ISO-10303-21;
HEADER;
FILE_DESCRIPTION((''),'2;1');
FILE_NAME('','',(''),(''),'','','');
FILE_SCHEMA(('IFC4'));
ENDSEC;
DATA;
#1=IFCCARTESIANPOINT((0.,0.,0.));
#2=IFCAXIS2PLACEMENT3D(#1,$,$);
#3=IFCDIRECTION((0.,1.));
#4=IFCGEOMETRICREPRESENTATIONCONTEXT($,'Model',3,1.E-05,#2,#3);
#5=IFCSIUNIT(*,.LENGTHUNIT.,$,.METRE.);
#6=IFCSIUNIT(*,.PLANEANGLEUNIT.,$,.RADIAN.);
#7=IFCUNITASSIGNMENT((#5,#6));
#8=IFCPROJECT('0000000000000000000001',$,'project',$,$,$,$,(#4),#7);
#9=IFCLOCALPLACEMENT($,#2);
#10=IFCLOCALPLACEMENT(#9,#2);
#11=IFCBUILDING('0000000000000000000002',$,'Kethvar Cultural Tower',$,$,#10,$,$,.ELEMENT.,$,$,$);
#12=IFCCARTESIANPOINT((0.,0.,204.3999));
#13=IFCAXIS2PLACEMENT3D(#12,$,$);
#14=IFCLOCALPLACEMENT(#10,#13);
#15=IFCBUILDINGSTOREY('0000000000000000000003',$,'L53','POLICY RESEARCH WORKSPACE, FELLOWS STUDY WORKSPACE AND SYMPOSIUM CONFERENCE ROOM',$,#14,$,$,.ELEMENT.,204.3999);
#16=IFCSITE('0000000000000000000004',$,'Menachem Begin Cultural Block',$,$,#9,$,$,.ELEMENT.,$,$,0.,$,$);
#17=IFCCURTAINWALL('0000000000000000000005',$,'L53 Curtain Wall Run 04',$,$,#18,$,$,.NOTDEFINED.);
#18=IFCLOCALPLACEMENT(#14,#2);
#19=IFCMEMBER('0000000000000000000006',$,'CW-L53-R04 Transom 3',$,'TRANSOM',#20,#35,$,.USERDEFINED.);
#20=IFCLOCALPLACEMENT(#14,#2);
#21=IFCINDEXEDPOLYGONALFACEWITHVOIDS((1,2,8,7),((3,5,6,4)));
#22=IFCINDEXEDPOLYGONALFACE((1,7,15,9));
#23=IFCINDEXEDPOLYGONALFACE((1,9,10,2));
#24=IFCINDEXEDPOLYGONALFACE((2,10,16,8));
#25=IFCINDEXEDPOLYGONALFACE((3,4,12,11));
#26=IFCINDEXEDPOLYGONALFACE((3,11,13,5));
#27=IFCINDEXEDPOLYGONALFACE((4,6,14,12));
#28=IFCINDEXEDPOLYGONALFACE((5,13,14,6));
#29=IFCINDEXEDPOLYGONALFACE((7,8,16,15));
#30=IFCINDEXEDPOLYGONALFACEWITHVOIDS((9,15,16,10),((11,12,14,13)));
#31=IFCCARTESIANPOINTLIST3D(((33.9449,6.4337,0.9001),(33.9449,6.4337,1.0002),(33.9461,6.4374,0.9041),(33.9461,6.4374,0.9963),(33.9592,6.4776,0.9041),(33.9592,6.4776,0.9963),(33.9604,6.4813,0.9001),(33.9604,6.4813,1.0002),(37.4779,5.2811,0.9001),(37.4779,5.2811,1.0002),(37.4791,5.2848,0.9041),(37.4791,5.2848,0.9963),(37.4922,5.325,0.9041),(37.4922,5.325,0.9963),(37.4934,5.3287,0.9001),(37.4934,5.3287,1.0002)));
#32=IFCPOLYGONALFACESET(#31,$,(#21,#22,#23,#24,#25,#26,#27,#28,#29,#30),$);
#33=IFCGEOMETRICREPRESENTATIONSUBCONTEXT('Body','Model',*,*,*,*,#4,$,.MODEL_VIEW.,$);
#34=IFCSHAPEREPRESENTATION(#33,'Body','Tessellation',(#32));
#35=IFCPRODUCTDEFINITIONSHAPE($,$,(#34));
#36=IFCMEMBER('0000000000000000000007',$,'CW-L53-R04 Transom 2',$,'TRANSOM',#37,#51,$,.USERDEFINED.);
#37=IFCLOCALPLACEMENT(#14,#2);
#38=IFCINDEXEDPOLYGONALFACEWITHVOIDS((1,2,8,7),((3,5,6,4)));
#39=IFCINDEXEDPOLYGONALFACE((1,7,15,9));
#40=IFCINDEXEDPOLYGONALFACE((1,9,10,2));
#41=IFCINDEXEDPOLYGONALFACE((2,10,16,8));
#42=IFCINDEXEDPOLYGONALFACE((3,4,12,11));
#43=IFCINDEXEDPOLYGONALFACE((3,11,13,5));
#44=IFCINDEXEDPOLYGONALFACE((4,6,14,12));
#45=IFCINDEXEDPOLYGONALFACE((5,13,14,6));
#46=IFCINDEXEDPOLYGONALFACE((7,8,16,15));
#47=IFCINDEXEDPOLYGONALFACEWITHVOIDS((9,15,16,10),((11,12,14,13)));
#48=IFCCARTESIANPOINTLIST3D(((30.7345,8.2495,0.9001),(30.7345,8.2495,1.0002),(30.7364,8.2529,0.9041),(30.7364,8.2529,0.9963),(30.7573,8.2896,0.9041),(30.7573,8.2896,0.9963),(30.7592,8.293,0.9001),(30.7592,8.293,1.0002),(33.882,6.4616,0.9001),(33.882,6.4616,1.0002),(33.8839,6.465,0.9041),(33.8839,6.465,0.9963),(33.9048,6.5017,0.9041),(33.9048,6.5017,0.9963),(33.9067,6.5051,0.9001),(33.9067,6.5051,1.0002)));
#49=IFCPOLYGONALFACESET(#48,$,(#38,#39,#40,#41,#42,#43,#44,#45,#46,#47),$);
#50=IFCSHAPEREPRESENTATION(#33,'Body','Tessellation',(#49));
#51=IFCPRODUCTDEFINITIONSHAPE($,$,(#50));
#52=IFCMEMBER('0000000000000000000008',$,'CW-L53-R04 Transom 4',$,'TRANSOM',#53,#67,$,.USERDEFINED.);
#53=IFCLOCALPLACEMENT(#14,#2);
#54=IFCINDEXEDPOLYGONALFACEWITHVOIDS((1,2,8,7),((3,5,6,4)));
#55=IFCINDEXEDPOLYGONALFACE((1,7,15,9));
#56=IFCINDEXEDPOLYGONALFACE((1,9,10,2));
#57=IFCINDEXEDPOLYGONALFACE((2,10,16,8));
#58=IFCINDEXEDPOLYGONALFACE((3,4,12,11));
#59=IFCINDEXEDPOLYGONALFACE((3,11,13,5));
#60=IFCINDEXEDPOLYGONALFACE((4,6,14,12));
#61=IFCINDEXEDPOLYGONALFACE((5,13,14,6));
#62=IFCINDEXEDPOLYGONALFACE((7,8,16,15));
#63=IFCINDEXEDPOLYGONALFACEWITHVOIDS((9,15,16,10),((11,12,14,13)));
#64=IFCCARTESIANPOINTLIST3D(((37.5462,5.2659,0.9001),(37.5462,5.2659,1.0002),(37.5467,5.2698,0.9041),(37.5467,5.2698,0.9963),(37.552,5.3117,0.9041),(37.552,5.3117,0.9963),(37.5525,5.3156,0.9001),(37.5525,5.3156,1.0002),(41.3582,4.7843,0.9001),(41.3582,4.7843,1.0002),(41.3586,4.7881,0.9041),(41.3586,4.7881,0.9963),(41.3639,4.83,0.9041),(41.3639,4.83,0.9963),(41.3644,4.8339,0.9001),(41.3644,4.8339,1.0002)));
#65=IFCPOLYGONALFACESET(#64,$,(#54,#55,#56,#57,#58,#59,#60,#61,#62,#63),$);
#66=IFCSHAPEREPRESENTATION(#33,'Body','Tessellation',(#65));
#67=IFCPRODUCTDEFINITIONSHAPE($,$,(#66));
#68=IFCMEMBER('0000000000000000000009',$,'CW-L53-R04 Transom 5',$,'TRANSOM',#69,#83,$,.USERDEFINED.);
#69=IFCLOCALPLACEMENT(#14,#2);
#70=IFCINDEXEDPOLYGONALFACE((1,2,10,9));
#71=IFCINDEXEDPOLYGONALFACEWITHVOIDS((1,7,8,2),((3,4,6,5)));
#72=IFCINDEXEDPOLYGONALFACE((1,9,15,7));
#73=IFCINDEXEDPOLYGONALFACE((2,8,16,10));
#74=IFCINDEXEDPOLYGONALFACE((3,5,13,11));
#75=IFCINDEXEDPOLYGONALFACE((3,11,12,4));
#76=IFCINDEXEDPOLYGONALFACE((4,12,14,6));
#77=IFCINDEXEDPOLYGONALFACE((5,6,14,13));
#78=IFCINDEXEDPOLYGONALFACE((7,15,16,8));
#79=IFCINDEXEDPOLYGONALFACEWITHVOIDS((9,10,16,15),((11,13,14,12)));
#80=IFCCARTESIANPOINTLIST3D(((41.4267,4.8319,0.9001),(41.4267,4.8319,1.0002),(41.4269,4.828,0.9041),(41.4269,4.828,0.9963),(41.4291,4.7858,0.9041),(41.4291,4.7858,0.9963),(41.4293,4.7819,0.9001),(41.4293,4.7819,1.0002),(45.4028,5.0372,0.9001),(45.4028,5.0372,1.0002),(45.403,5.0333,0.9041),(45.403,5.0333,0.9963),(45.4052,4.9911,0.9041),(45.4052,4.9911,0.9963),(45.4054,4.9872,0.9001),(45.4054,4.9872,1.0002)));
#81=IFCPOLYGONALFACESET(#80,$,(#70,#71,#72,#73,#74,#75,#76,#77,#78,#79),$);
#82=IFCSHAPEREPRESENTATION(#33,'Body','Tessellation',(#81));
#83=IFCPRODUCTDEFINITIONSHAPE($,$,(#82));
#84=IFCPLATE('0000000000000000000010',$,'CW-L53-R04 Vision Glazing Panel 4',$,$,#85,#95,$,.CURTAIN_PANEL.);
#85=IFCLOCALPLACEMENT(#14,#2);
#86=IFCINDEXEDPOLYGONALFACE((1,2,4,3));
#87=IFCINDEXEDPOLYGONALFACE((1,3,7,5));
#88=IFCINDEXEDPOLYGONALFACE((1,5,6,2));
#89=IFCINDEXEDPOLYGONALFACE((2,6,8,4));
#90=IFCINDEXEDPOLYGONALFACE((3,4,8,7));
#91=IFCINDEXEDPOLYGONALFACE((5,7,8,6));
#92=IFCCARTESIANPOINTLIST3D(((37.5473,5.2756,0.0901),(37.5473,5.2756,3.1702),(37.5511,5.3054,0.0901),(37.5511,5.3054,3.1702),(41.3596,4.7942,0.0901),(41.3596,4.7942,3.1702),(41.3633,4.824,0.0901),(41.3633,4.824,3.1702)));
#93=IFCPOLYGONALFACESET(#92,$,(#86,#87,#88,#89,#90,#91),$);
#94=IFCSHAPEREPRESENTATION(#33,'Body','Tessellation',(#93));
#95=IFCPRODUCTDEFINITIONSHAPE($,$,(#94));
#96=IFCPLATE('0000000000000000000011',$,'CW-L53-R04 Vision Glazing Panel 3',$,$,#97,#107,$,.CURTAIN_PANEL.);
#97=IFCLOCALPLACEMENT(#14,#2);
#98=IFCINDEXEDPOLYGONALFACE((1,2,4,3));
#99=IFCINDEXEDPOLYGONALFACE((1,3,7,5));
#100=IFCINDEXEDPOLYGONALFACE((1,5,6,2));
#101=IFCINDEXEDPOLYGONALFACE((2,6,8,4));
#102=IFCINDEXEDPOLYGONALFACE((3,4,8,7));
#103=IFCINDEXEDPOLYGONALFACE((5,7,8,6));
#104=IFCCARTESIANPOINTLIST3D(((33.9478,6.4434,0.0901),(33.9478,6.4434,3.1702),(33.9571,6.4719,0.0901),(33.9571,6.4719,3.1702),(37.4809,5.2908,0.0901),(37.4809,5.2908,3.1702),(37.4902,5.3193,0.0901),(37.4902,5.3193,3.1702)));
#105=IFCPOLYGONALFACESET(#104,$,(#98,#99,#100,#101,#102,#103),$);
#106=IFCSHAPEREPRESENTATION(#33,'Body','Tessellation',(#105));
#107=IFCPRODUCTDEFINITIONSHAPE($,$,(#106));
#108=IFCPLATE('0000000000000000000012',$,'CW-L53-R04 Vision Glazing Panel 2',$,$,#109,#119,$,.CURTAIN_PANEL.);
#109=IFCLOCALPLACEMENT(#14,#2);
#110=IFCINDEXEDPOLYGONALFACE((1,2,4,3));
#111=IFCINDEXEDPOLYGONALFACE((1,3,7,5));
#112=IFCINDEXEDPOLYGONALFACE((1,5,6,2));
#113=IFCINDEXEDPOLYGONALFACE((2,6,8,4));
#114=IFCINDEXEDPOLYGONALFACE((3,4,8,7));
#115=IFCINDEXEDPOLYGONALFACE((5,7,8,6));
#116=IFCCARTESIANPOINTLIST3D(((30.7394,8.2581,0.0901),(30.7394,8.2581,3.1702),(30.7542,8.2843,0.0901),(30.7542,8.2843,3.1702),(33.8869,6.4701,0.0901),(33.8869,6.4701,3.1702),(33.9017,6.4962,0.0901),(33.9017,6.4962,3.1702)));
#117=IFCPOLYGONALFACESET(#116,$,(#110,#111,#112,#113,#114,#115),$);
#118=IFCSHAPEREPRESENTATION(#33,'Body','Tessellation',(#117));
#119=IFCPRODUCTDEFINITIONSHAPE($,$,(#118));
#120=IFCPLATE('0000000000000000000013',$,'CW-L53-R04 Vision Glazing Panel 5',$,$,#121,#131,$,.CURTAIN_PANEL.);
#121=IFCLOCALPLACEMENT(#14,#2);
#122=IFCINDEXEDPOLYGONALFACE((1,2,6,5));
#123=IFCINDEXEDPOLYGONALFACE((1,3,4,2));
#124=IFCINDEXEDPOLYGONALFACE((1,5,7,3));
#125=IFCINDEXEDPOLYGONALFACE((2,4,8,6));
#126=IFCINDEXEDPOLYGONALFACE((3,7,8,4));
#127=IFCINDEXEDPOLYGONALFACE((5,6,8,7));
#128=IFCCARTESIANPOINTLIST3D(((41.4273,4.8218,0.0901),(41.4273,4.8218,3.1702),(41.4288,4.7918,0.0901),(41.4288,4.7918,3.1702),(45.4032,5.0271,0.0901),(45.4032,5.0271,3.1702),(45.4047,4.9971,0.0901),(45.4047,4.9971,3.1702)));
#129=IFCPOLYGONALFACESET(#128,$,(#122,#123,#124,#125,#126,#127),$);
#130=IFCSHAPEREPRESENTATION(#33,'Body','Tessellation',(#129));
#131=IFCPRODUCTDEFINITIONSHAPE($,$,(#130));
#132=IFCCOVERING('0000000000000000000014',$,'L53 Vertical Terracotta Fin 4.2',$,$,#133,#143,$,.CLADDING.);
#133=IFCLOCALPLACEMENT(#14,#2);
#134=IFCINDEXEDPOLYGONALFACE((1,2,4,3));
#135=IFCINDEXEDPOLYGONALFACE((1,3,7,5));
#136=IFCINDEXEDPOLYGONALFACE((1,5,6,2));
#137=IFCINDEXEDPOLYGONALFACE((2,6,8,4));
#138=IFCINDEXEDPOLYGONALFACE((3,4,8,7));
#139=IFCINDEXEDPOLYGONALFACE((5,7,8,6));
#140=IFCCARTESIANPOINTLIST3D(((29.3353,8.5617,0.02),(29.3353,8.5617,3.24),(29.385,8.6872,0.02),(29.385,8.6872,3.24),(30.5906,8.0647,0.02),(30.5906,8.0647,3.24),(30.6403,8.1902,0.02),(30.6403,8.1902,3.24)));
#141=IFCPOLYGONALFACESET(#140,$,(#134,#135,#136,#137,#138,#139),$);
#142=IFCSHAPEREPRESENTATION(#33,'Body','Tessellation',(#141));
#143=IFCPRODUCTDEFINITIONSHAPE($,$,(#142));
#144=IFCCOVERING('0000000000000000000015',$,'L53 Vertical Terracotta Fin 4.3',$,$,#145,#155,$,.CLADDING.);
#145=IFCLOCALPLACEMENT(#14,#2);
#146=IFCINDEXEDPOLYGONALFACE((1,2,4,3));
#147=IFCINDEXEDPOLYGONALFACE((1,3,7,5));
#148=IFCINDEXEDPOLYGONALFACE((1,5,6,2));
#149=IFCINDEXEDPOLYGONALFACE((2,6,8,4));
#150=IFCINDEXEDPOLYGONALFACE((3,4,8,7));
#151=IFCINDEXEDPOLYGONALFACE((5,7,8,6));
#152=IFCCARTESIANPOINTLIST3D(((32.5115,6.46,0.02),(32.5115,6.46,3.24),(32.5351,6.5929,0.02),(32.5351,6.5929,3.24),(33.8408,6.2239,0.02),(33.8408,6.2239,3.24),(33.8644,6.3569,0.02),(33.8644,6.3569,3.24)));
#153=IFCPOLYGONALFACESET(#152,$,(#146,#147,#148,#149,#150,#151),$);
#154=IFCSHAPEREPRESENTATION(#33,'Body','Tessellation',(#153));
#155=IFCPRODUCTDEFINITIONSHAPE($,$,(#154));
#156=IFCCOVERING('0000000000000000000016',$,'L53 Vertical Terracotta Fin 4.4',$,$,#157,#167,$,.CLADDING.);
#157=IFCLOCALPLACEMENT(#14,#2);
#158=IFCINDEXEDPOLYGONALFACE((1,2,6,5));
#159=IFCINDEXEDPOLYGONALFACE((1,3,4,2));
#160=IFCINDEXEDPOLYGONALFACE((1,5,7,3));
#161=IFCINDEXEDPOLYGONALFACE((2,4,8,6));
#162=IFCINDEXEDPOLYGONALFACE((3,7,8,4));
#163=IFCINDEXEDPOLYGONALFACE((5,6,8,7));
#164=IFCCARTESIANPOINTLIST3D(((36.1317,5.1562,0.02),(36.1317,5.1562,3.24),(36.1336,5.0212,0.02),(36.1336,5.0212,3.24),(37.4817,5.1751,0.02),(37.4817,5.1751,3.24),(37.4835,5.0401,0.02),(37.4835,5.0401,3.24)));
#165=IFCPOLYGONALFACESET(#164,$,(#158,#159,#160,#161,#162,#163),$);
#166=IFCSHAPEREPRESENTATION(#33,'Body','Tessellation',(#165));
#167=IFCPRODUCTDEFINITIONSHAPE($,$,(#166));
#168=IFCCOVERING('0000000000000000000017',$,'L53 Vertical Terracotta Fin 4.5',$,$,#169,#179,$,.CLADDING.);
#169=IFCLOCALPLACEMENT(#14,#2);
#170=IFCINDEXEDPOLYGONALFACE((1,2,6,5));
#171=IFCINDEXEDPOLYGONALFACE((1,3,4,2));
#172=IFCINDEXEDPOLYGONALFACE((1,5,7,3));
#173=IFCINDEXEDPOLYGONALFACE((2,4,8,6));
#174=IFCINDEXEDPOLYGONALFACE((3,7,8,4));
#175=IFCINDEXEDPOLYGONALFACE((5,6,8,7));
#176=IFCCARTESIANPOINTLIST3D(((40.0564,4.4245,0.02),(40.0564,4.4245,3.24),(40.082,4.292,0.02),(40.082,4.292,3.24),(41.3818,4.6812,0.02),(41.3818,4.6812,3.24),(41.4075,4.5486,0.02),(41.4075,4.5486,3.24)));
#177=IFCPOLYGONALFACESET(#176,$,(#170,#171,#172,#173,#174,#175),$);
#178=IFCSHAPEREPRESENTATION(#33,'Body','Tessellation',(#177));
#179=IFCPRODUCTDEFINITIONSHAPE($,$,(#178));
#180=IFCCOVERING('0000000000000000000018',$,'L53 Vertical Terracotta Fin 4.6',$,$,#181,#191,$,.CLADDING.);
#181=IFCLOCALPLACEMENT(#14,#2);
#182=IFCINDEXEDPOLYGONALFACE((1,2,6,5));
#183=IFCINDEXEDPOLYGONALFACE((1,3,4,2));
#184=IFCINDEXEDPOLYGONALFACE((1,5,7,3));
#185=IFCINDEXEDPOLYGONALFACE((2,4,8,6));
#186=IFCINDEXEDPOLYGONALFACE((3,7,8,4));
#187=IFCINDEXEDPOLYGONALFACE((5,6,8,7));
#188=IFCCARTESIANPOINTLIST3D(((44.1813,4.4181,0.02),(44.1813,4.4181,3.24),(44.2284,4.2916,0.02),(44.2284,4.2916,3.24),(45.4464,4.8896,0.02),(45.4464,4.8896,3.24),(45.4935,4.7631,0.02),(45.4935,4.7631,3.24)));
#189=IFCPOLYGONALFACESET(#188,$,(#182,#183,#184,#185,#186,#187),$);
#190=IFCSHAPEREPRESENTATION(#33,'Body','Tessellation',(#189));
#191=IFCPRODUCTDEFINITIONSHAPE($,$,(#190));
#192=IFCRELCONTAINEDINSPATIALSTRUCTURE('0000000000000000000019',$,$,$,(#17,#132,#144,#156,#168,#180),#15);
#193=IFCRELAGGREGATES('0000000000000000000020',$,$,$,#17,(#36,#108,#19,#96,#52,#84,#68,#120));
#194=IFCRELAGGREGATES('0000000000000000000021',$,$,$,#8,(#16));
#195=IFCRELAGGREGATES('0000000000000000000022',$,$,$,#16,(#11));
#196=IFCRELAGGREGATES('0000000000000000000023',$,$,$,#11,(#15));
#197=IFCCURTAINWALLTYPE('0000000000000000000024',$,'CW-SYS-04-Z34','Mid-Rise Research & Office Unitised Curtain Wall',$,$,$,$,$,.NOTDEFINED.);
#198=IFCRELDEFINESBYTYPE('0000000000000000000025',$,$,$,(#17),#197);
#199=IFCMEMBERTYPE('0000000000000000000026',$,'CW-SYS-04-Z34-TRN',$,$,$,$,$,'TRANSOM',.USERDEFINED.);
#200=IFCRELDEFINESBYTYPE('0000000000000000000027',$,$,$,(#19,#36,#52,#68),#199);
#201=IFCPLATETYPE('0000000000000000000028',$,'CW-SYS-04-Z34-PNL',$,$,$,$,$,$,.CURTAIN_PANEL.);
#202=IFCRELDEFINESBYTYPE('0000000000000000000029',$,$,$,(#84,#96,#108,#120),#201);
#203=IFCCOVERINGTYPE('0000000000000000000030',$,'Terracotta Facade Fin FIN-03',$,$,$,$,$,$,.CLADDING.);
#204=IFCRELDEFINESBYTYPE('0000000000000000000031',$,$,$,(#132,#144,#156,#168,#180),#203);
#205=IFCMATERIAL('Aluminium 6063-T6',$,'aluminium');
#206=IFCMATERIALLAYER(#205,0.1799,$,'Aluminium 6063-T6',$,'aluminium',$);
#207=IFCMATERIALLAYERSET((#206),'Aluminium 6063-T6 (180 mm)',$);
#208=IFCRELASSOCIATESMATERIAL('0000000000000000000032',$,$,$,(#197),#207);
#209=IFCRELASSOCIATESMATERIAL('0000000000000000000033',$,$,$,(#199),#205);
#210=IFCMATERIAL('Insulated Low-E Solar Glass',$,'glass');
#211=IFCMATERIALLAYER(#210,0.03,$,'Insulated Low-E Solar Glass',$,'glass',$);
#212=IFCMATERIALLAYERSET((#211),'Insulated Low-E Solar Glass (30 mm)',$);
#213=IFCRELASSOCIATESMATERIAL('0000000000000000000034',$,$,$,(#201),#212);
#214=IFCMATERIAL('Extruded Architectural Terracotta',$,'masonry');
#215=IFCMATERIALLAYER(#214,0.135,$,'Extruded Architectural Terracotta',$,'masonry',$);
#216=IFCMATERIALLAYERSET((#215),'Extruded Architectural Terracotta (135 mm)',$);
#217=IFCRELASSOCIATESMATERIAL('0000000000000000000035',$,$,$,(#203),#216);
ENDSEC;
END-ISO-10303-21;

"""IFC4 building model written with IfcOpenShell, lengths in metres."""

from ifc_helpers import new_model, si_unit, direction, frame, origin, origin_2d, place, context, subcontext, project, spatial, rectangle, hollow_rectangle, extrude, source, transform, mapped, material, layer, layer_set, material_profile, profile_set, type_object, element, aggregate, save


model = new_model("IFC4")

# Units and contexts
model_context = context("Model", 3, precision=1e-05, world=origin(), true_north=direction((0.0, 1.0)))
body_context = subcontext(model_context, "Body", "Model", "MODEL_VIEW")
ifc_project = project(units=[si_unit("LENGTHUNIT", "METRE"), si_unit("PLANEANGLEUNIT", "RADIAN")], contexts=[model_context])

# Site, building, storey
site_placement = place(None, origin())
site = spatial("IfcSite", under=ifc_project, at=site_placement, Name="Menachem Begin Cultural Block", CompositionType="ELEMENT", RefElevation=0.0)
building_placement = place(site_placement, origin())
building = spatial("IfcBuilding", under=site, at=building_placement, Name="Kethvar Cultural Tower", CompositionType="ELEMENT")
storey_placement = place(building_placement, frame((0.0, 0.0, 204.3999)))
storey = spatial("IfcBuildingStorey", under=building, at=storey_placement, Name="L53", Description="POLICY RESEARCH WORKSPACE, FELLOWS STUDY WORKSPACE AND SYMPOSIUM CONFERENCE ROOM", CompositionType="ELEMENT", Elevation=204.3999)

# Curtain wall, members, plates
ifc_material_1 = material(Name="Aluminium 6063-T6", Category="aluminium")
ifc_layer_1 = layer(ifc_material_1, 0.1799, Name="Aluminium 6063-T6", Category="aluminium")
ifc_layer_set_1 = layer_set([ifc_layer_1], Name="Aluminium 6063-T6 (180 mm)")
curtain_wall_type = type_object("IfcCurtainWallType", Name="CW-SYS-04-Z34", Description="Mid-Rise Research & Office Unitised Curtain Wall", PredefinedType="NOTDEFINED", material=ifc_layer_set_1)
curtain_wall_placement = place(storey_placement, origin())
curtain_wall = element("IfcCurtainWall", 1, at=curtain_wall_placement, inside=storey, type_object=curtain_wall_type, Name="L53 Curtain Wall Run 04", PredefinedType="NOTDEFINED")
ifc_material_profile_1 = material_profile(ifc_material_1, hollow_rectangle(XDim=0.05, YDim=0.1001, WallThickness=0.0039, at=origin_2d()), Name="Aluminium 6063-T6 — RHS100x50x4")
ifc_profile_set_1 = profile_set([ifc_material_profile_1], Name="Aluminium 6063-T6 — RHS100x50x4")
member_type_1 = type_object("IfcMemberType", Name="CW-SYS-04-Z34-TRN", ElementType="TRANSOM", PredefinedType="USERDEFINED", material=ifc_profile_set_1)
shared_shape_1 = source(origin(), body_context, "Body", "SweptSolid", [
    extrude(hollow_rectangle(XDim=0.05, YDim=0.1001, WallThickness=0.0039, at=origin_2d()), origin(), (0.0, 0.0, 1.0), 3.7163),
])
member_1_placement = place(storey_placement, frame((33.9526, 6.4575, 0.9502), z_axis=(0.950687, -0.310151, 0.0), x_axis=(0.310151, 0.950687, 0.0)))
member_1 = element("IfcMember", 2, at=member_1_placement, type_object=member_type_1, Name="CW-L53-R04 Transom 3", ObjectType="TRANSOM", PredefinedType="USERDEFINED", context=body_context, shape_type="MappedRepresentation", body=[
    mapped(shared_shape_1, transform((0.0, 0.0, 0.0), scale=1.0)),
])
shared_shape_2 = source(origin(), body_context, "Body", "SweptSolid", [
    extrude(hollow_rectangle(XDim=0.05, YDim=0.1001, WallThickness=0.0039, at=origin_2d()), origin(), (0.0, 0.0, 1.0), 3.6199),
])
member_2_placement = place(storey_placement, frame((30.7468, 8.2712, 0.9502), z_axis=(0.869514, -0.493907, 0.0), x_axis=(0.493907, 0.869514, 0.0)))
member_2 = element("IfcMember", 3, at=member_2_placement, type_object=member_type_1, Name="CW-L53-R04 Transom 2", ObjectType="TRANSOM", PredefinedType="USERDEFINED", context=body_context, shape_type="MappedRepresentation", body=[
    mapped(shared_shape_2, transform((0.0, 0.0, 0.0), scale=1.0)),
])
shared_shape_3 = source(origin(), body_context, "Body", "SweptSolid", [
    extrude(hollow_rectangle(XDim=0.05, YDim=0.1001, WallThickness=0.0039, at=origin_2d()), origin(), (0.0, 0.0, 1.0), 3.8423),
])
member_3_placement = place(storey_placement, frame((37.5493, 5.2908, 0.9502), z_axis=(0.992111, -0.125364, 0.0), x_axis=(0.125364, 0.992111, 0.0)))
member_3 = element("IfcMember", 4, at=member_3_placement, type_object=member_type_1, Name="CW-L53-R04 Transom 4", ObjectType="TRANSOM", PredefinedType="USERDEFINED", context=body_context, shape_type="MappedRepresentation", body=[
    mapped(shared_shape_3, transform((0.0, 0.0, 0.0), scale=1.0)),
])
shared_shape_4 = source(origin(), body_context, "Body", "SweptSolid", [
    extrude(hollow_rectangle(XDim=0.05, YDim=0.1001, WallThickness=0.0039, at=origin_2d()), origin(), (0.0, 0.0, 1.0), 3.9814),
])
member_4_placement = place(storey_placement, frame((41.428, 4.8069, 0.9502), z_axis=(0.998669, 0.051571, 0.0), x_axis=(-0.051571, 0.998669, 0.0)))
member_4 = element("IfcMember", 5, at=member_4_placement, type_object=member_type_1, Name="CW-L53-R04 Transom 5", ObjectType="TRANSOM", PredefinedType="USERDEFINED", context=body_context, shape_type="MappedRepresentation", body=[
    mapped(shared_shape_4, transform((0.0, 0.0, 0.0), scale=1.0)),
])
ifc_material_2 = material(Name="Insulated Low-E Solar Glass", Category="glass")
ifc_layer_2 = layer(ifc_material_2, 0.03, Name="Insulated Low-E Solar Glass", Category="glass")
ifc_layer_set_2 = layer_set([ifc_layer_2], Name="Insulated Low-E Solar Glass (30 mm)")
plate_type = type_object("IfcPlateType", Name="CW-SYS-04-Z34-PNL", PredefinedType="CURTAIN_PANEL", material=ifc_layer_set_2)
shared_shape_5 = source(origin(), body_context, "Body", "SweptSolid", [
    extrude(rectangle(XDim=3.8425, YDim=0.03, at=origin_2d()), origin(), (0.0, 0.0, 1.0), 3.0801),
])
plate_1_placement = place(storey_placement, frame((39.4553, 5.0498, 0.0901), z_axis=(0.0, 0.0, 1.0), x_axis=(0.992119, -0.125299, 0.0)))
plate_1 = element("IfcPlate", 6, at=plate_1_placement, type_object=plate_type, Name="CW-L53-R04 Vision Glazing Panel 4", PredefinedType="CURTAIN_PANEL", context=body_context, shape_type="MappedRepresentation", body=[
    mapped(shared_shape_5, transform((0.0, 0.0, 0.0), scale=1.0)),
])
shared_shape_6 = source(origin(), body_context, "Body", "SweptSolid", [
    extrude(rectangle(XDim=3.7163, YDim=0.03, at=origin_2d()), origin(), (0.0, 0.0, 1.0), 3.0801),
])
plate_2_placement = place(storey_placement, frame((35.719, 5.8813, 0.0901), z_axis=(0.0, 0.0, 1.0), x_axis=(0.950689, -0.310146, 0.0)))
plate_2 = element("IfcPlate", 7, at=plate_2_placement, type_object=plate_type, Name="CW-L53-R04 Vision Glazing Panel 3", PredefinedType="CURTAIN_PANEL", context=body_context, shape_type="MappedRepresentation", body=[
    mapped(shared_shape_6, transform((0.0, 0.0, 0.0), scale=1.0)),
])
shared_shape_7 = source(origin(), body_context, "Body", "SweptSolid", [
    extrude(rectangle(XDim=3.6199, YDim=0.03, at=origin_2d()), origin(), (0.0, 0.0, 1.0), 3.0801),
])
plate_3_placement = place(storey_placement, frame((32.3206, 7.3772, 0.0901), z_axis=(0.0, 0.0, 1.0), x_axis=(0.869495, -0.493942, 0.0)))
plate_3 = element("IfcPlate", 8, at=plate_3_placement, type_object=plate_type, Name="CW-L53-R04 Vision Glazing Panel 2", PredefinedType="CURTAIN_PANEL", context=body_context, shape_type="MappedRepresentation", body=[
    mapped(shared_shape_7, transform((0.0, 0.0, 0.0), scale=1.0)),
])
shared_shape_8 = source(origin(), body_context, "Body", "SweptSolid", [
    extrude(rectangle(XDim=3.9812, YDim=0.03, at=origin_2d()), origin(), (0.0, 0.0, 1.0), 3.0801),
])
plate_4_placement = place(storey_placement, frame((43.416, 4.9094, 0.0901), z_axis=(0.0, 0.0, 1.0), x_axis=(0.998669, 0.051569, 0.0)))
plate_4 = element("IfcPlate", 9, at=plate_4_placement, type_object=plate_type, Name="CW-L53-R04 Vision Glazing Panel 5", PredefinedType="CURTAIN_PANEL", context=body_context, shape_type="MappedRepresentation", body=[
    mapped(shared_shape_8, transform((0.0, 0.0, 0.0), scale=1.0)),
])
aggregate(curtain_wall, [member_2, plate_3, member_1, plate_2, member_3, plate_1, member_4, plate_4])

# Coverings
ifc_material_3 = material(Name="Extruded Architectural Terracotta", Category="masonry")
ifc_layer_3 = layer(ifc_material_3, 0.135, Name="Extruded Architectural Terracotta", Category="masonry")
ifc_layer_set_3 = layer_set([ifc_layer_3], Name="Extruded Architectural Terracotta (135 mm)")
covering_type = type_object("IfcCoveringType", Name="Terracotta Facade Fin FIN-03", PredefinedType="CLADDING", material=ifc_layer_set_3)
shared_shape_9 = source(origin(), body_context, "Body", "SweptSolid", [
    extrude(rectangle(XDim=1.3501, YDim=0.135, at=origin_2d()), origin(), (0.0, 0.0, 1.0), 3.22),
])
for number, where, z_axis, x_axis, name in (
    (10, (29.9878, 8.376, 0.02), (0.0, 0.0, 1.0), (-0.929776, 0.368125, 0.0), "L53 Vertical Terracotta Fin 4.2"),
    (11, (33.188, 6.4084, 0.02), (0.0, 0.0, 1.0), (-0.984595, 0.174851, 0.0), "L53 Vertical Terracotta Fin 4.3"),
    (12, (36.8076, 5.0981, 0.02), (0.0, 0.0, 1.0), (-0.999903, -0.013962, 0.0), "L53 Vertical Terracotta Fin 4.4"),
    (13, (40.7319, 4.4866, 0.02), (0.0, 0.0, 1.0), (-0.98176, -0.190124, 0.0), "L53 Vertical Terracotta Fin 4.5"),
    (14, (44.8374, 4.5906, 0.02), (0.0, 0.0, 1.0), (-0.937038, -0.349226, 0.0), "L53 Vertical Terracotta Fin 4.6"),
):
    element("IfcCovering", number, at=place(storey_placement, frame(where, z_axis=z_axis, x_axis=x_axis)), inside=storey, type_object=covering_type, Name=name, PredefinedType="CLADDING", context=body_context, shape_type="MappedRepresentation", body=[
        mapped(shared_shape_9, transform((0.0, 0.0, 0.0), scale=1.0)),
    ])

save(model, "model.ifc")
